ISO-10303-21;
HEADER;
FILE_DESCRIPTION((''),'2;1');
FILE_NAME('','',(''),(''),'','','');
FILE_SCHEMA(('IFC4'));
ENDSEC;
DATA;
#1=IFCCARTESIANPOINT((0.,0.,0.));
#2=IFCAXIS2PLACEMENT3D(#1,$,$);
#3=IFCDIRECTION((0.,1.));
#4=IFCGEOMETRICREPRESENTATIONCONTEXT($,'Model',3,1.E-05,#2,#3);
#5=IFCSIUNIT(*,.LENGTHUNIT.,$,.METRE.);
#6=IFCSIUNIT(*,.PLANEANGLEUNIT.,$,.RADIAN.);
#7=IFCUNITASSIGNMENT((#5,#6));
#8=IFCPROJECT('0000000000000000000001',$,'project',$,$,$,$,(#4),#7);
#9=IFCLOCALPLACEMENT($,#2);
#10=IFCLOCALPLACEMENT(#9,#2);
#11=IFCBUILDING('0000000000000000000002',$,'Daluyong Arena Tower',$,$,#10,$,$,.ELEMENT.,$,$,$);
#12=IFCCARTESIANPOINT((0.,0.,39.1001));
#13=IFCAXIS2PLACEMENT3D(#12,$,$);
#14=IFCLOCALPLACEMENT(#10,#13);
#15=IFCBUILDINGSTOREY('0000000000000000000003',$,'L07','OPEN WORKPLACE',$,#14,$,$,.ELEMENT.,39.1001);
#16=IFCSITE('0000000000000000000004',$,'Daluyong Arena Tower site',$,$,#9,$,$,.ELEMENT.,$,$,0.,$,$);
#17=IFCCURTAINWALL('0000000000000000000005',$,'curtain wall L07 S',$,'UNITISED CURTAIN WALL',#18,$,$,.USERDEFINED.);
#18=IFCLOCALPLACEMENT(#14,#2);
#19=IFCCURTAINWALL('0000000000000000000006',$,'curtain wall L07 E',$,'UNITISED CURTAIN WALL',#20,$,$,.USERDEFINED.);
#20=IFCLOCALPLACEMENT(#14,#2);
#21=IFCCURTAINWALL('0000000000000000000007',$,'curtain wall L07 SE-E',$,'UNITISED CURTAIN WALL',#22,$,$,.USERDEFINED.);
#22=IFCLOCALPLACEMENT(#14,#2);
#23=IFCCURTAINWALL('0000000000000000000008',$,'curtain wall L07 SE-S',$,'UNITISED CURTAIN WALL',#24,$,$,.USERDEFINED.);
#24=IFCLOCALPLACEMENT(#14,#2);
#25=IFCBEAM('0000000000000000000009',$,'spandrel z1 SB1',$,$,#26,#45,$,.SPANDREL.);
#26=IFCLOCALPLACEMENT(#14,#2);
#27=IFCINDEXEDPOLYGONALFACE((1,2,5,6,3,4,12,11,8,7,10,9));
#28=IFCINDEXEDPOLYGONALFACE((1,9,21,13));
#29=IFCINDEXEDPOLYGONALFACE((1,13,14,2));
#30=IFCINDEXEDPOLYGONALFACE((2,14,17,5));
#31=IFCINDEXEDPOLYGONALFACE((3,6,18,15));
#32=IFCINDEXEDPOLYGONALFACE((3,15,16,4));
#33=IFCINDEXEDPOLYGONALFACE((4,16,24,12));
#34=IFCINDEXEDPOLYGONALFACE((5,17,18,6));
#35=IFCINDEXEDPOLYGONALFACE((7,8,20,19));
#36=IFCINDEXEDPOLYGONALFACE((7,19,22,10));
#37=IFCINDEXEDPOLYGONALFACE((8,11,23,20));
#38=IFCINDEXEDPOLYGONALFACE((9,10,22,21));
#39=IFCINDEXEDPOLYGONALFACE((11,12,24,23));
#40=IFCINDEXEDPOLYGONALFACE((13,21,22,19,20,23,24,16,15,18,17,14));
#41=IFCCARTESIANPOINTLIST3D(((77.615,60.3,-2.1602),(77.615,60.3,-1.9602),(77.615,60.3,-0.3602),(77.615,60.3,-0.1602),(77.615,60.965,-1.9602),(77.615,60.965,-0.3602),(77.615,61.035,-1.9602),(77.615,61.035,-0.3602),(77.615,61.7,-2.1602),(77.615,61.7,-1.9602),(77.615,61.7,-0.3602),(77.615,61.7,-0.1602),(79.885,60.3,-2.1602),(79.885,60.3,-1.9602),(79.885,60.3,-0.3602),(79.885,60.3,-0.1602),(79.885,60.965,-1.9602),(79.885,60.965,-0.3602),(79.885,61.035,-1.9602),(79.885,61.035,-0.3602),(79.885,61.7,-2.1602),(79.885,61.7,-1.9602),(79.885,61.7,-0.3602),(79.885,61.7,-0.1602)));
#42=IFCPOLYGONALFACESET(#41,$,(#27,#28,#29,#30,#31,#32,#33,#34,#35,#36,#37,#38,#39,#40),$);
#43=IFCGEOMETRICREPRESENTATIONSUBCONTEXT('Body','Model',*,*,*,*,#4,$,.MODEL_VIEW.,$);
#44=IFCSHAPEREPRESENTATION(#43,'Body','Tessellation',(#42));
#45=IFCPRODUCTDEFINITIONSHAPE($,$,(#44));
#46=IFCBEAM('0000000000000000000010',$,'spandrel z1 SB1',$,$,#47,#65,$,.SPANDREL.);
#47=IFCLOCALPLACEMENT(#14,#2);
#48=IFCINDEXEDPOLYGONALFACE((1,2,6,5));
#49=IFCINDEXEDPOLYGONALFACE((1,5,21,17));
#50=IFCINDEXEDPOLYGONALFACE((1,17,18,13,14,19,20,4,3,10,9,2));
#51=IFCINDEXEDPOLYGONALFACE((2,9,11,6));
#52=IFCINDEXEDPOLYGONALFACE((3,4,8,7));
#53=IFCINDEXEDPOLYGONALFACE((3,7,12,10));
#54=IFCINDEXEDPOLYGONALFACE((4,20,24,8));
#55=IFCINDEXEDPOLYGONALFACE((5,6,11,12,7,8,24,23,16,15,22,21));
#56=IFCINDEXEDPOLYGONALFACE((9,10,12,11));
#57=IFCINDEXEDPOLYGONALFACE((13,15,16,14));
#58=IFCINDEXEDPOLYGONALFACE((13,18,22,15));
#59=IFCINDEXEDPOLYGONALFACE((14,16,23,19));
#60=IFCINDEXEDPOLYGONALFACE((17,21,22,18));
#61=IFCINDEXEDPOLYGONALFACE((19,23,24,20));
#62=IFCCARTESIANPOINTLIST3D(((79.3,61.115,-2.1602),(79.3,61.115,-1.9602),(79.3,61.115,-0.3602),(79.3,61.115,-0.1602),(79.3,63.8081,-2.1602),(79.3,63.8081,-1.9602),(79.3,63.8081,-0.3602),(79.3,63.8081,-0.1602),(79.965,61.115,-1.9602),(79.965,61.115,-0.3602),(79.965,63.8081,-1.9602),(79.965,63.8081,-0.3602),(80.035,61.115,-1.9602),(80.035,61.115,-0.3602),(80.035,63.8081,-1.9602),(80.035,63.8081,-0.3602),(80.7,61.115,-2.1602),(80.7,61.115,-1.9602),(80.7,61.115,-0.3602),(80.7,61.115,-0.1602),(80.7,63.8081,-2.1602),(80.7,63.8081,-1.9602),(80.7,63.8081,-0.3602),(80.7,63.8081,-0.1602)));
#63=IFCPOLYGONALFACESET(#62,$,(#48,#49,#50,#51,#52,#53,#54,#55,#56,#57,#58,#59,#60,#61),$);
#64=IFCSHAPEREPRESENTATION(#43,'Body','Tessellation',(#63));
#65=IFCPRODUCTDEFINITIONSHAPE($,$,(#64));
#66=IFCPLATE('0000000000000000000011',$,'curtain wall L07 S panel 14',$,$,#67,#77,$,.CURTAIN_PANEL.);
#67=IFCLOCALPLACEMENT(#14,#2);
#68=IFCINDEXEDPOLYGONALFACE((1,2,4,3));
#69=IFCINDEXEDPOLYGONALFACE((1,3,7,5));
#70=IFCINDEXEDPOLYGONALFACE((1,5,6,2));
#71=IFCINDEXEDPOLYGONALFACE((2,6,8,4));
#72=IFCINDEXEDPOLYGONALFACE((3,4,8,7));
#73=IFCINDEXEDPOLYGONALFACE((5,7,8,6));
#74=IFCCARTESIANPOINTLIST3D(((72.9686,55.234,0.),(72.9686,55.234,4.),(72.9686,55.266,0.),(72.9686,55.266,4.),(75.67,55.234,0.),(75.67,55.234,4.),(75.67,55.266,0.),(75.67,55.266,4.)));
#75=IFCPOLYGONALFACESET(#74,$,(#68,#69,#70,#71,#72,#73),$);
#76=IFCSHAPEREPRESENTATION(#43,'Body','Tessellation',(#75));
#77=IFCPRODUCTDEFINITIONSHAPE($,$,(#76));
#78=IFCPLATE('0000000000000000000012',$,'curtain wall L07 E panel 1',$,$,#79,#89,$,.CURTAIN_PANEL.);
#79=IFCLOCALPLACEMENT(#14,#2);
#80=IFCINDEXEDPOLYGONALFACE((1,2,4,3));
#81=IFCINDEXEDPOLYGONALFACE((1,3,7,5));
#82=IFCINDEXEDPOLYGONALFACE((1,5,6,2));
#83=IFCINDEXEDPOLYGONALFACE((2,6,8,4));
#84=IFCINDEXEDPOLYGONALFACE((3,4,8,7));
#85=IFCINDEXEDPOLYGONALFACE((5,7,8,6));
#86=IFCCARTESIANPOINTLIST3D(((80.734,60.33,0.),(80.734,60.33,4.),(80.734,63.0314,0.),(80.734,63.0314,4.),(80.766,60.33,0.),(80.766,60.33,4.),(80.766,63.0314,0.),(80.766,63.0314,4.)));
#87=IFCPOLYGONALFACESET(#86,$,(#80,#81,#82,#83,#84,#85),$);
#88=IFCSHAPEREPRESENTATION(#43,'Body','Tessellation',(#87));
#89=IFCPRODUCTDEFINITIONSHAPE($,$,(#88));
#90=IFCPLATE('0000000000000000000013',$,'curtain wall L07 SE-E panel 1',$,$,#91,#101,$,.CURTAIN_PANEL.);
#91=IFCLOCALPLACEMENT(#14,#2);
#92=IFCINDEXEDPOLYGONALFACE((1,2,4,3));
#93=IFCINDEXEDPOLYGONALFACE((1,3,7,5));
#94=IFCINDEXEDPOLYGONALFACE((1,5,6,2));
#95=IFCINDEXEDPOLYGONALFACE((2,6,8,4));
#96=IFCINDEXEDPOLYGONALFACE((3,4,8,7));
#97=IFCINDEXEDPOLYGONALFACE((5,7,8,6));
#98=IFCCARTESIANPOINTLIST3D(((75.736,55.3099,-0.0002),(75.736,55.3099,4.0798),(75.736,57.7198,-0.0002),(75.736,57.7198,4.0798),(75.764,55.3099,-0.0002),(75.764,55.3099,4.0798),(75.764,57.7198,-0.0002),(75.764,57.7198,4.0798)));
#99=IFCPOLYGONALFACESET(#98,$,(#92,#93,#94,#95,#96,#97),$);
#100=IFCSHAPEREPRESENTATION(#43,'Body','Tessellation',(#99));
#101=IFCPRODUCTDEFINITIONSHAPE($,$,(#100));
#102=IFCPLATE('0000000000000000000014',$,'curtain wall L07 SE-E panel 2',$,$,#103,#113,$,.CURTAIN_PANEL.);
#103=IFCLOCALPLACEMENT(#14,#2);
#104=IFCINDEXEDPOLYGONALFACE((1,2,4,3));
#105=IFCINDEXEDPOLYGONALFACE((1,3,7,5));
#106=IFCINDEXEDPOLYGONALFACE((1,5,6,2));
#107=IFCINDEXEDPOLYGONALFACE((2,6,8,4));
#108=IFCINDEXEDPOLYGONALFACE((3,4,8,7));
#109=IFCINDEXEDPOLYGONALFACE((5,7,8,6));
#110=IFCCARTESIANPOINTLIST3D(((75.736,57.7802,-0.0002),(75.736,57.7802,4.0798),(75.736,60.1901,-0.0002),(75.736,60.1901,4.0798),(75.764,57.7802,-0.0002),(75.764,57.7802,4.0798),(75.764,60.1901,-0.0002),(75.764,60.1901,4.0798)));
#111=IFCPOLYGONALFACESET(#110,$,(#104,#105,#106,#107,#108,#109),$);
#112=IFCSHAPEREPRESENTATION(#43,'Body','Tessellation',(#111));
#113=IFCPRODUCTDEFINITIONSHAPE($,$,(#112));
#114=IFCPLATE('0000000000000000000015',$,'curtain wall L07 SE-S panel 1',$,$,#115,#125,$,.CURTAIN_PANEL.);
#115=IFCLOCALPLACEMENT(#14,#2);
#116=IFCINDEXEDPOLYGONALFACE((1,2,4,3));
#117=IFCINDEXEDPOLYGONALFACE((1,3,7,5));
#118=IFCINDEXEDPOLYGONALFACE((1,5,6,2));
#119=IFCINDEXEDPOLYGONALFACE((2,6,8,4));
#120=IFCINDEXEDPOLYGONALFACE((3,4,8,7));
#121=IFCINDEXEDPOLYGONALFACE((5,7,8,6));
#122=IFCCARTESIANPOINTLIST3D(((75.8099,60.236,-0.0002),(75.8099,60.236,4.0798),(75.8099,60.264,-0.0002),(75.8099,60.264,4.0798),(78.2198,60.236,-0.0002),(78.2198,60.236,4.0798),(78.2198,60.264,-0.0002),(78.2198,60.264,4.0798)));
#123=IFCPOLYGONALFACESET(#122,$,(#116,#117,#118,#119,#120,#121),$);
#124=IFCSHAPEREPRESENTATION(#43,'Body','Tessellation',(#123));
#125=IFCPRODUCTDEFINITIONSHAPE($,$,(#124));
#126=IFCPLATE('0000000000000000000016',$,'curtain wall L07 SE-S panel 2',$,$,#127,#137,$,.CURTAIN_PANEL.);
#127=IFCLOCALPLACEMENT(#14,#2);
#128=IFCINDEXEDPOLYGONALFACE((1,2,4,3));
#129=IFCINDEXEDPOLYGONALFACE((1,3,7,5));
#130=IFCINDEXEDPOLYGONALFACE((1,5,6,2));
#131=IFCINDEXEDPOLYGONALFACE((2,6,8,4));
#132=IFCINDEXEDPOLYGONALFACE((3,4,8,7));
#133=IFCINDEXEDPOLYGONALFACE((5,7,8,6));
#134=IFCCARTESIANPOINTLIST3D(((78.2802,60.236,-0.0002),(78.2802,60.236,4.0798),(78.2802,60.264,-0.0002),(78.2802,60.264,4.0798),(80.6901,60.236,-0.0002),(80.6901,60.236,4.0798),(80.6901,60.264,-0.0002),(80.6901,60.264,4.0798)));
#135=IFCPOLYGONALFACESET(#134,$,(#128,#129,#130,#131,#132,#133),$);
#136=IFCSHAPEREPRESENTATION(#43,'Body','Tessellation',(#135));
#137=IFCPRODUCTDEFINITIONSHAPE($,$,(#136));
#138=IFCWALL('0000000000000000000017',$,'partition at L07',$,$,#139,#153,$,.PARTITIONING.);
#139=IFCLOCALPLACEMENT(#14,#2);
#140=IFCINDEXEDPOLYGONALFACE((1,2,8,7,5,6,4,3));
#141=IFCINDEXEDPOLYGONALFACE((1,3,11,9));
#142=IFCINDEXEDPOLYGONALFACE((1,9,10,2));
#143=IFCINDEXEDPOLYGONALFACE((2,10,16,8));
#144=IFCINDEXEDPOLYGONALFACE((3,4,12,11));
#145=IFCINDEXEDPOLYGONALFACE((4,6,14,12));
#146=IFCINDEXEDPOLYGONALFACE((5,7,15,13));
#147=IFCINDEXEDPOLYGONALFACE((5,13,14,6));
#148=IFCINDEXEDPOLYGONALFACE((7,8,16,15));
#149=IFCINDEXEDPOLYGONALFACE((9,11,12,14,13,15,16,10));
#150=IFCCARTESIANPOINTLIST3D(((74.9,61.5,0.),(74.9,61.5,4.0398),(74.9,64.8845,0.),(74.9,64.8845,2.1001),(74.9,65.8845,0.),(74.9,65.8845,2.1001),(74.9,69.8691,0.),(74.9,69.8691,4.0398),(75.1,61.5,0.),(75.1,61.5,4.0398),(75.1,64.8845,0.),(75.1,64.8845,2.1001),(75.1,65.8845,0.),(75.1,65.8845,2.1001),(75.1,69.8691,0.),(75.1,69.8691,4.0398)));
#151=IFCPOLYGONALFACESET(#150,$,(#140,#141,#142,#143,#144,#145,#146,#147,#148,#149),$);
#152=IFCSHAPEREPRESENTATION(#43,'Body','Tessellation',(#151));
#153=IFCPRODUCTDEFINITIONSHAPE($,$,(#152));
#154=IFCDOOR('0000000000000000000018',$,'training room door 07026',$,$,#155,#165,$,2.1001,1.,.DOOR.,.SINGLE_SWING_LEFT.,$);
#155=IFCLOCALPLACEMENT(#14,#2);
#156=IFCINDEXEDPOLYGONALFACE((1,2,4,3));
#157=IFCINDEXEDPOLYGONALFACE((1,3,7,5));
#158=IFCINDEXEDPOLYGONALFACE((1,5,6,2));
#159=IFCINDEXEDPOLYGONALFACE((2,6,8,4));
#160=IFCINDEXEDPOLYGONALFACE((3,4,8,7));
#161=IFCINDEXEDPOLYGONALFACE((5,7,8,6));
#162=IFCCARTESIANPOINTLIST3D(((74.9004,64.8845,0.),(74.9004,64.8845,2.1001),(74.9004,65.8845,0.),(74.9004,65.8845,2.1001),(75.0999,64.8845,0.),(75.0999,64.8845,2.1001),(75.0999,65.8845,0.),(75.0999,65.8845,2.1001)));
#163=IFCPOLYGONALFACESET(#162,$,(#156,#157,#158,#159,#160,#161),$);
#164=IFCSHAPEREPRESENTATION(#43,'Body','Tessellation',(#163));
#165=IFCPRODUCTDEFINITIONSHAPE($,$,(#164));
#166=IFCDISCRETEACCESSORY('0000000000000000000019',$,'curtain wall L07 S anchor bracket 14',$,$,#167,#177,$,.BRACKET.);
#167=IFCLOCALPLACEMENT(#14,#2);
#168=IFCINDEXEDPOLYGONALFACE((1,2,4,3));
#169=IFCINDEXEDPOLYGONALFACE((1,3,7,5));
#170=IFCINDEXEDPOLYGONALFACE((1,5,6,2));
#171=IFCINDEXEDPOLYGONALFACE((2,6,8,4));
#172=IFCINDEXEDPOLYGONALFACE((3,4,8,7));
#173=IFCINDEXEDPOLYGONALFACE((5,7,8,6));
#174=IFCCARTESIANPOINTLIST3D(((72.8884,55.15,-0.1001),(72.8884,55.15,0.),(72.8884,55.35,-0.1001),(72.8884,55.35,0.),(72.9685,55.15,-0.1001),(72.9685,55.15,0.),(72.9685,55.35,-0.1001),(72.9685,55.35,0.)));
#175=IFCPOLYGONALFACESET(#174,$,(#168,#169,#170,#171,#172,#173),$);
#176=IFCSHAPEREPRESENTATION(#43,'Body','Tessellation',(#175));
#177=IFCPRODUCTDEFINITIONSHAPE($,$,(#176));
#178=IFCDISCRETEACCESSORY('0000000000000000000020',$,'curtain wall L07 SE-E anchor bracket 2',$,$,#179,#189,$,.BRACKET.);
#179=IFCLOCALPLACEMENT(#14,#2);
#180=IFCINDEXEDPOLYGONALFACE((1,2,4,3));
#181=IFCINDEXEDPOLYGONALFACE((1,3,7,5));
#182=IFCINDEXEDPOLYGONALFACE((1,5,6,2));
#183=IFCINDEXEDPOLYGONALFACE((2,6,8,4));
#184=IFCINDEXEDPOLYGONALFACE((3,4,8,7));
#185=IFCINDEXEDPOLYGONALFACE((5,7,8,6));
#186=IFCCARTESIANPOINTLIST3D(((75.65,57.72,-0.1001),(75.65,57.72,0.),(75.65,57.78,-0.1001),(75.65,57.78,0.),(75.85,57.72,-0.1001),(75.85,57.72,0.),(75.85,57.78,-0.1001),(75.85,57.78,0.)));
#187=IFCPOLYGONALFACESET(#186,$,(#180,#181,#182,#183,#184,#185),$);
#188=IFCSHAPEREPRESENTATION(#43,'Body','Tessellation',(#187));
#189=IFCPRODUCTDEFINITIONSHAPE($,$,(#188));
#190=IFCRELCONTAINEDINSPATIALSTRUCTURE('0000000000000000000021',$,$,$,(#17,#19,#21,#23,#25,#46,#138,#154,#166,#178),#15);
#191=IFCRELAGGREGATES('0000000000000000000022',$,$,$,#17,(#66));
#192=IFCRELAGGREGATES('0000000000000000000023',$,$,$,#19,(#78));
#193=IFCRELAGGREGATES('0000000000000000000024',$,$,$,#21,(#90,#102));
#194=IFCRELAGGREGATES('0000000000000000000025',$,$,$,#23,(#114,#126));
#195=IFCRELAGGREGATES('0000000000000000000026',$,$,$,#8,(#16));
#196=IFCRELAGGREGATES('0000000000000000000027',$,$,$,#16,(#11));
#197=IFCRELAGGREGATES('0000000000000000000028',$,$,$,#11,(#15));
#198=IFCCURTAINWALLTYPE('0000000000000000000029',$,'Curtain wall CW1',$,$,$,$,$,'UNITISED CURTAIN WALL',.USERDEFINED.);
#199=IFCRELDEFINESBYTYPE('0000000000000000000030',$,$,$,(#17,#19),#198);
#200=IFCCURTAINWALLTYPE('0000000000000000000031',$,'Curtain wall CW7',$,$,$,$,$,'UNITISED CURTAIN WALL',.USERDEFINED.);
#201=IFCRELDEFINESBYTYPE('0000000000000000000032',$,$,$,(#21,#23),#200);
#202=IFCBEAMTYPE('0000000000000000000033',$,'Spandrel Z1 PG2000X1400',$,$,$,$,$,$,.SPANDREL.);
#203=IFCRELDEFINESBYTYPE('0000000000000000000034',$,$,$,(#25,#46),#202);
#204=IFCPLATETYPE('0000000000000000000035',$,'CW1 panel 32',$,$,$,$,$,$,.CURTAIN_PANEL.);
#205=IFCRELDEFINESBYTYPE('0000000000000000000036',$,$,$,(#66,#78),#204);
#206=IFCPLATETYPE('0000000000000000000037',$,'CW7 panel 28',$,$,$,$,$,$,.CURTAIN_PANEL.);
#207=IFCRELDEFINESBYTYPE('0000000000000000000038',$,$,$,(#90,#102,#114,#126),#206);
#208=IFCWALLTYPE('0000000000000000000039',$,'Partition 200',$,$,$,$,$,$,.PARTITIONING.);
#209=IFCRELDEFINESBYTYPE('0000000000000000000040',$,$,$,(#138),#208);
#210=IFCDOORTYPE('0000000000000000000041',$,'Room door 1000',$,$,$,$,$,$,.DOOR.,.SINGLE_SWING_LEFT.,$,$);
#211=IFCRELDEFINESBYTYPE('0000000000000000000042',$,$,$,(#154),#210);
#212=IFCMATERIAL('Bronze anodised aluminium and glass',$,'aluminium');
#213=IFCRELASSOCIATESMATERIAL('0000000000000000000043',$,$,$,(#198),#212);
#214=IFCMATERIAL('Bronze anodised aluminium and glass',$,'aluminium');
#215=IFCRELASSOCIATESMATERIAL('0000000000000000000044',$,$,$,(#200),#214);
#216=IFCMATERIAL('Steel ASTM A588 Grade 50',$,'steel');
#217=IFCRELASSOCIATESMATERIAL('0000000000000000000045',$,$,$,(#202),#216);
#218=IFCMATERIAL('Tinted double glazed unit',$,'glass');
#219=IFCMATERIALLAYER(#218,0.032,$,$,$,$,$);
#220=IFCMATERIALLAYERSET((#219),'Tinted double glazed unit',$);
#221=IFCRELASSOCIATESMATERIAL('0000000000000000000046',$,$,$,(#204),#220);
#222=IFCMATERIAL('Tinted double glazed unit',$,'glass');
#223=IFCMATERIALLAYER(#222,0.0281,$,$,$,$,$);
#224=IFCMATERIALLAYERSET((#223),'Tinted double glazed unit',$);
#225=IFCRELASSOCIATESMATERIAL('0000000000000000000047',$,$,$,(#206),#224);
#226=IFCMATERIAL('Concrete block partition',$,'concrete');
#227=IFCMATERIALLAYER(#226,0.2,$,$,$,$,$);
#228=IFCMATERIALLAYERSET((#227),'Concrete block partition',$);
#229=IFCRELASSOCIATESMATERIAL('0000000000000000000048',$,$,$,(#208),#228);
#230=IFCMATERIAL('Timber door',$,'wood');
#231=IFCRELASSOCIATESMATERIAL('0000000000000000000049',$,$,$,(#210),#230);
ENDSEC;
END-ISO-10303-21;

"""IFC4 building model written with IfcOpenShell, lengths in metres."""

from ifc_helpers import new_model, si_unit, direction, frame, frame_2d, origin, origin_2d, place, context, subcontext, project, spatial, rectangle, i_section, extrude, material, layer, layer_set, material_profile, profile_set, type_object, element, fill, aggregate, save


model = new_model("IFC4")

# Units and contexts
model_context = context("Model", 3, precision=1e-05, world=origin(), true_north=direction((0.0, 1.0)))
body_context = subcontext(model_context, "Body", "Model", "MODEL_VIEW")
ifc_project = project(units=[si_unit("LENGTHUNIT", "METRE"), si_unit("PLANEANGLEUNIT", "RADIAN")], contexts=[model_context])

# Site, building, storey
site_placement = place(None, origin())
site = spatial("IfcSite", under=ifc_project, at=site_placement, Name="Daluyong Arena Tower site", CompositionType="ELEMENT", RefElevation=0.0)
building_placement = place(site_placement, origin())
building = spatial("IfcBuilding", under=site, at=building_placement, Name="Daluyong Arena Tower", CompositionType="ELEMENT")
storey_placement = place(building_placement, frame((0.0, 0.0, 39.1001)))
storey = spatial("IfcBuildingStorey", under=building, at=storey_placement, Name="L07", Description="OPEN WORKPLACE", CompositionType="ELEMENT", Elevation=39.1001)

# Curtain wall
ifc_material_1 = material(Name="Bronze anodised aluminium and glass", Category="aluminium")
curtain_wall_type_1 = type_object("IfcCurtainWallType", Name="Curtain wall CW1", ElementType="UNITISED CURTAIN WALL", PredefinedType="USERDEFINED", material=ifc_material_1)
curtain_wall_1_placement = place(storey_placement, origin())
curtain_wall_1 = element("IfcCurtainWall", 1, at=curtain_wall_1_placement, inside=storey, type_object=curtain_wall_type_1, Name="curtain wall L07 S", ObjectType="UNITISED CURTAIN WALL", PredefinedType="USERDEFINED")

# Curtain wall
curtain_wall_2_placement = place(storey_placement, origin())
curtain_wall_2 = element("IfcCurtainWall", 2, at=curtain_wall_2_placement, inside=storey, type_object=curtain_wall_type_1, Name="curtain wall L07 E", ObjectType="UNITISED CURTAIN WALL", PredefinedType="USERDEFINED")

# Curtain walls
ifc_material_2 = material(Name="Bronze anodised aluminium and glass", Category="aluminium")
curtain_wall_type_2 = type_object("IfcCurtainWallType", Name="Curtain wall CW7", ElementType="UNITISED CURTAIN WALL", PredefinedType="USERDEFINED", material=ifc_material_2)
curtain_wall_3_placement = place(storey_placement, origin())
curtain_wall_3 = element("IfcCurtainWall", 3, at=curtain_wall_3_placement, inside=storey, type_object=curtain_wall_type_2, Name="curtain wall L07 SE-E", ObjectType="UNITISED CURTAIN WALL", PredefinedType="USERDEFINED")
curtain_wall_4_placement = place(storey_placement, origin())
curtain_wall_4 = element("IfcCurtainWall", 4, at=curtain_wall_4_placement, inside=storey, type_object=curtain_wall_type_2, Name="curtain wall L07 SE-S", ObjectType="UNITISED CURTAIN WALL", PredefinedType="USERDEFINED")

# Beams
ifc_material_3 = material(Name="Steel ASTM A588 Grade 50", Category="steel")
ifc_material_profile_1 = material_profile(ifc_material_3, i_section(OverallWidth=1.3999, OverallDepth=2.0, WebThickness=0.07, FlangeThickness=0.2, at=origin_2d()))
ifc_profile_set_1 = profile_set([ifc_material_profile_1], Name="Steel ASTM A588 Grade 50")
beam_type_1 = type_object("IfcBeamType", Name="Spandrel Z1 PG2000X1400", PredefinedType="SPANDREL", material=ifc_profile_set_1)
for number, where, z_axis, x_axis, name in (
    (5, (77.615, 61.0, -1.1602), (1.0, 0.0, 0.0), (0.0, 1.0, 0.0), "spandrel z1 SB1"),
):
    element("IfcBeam", number, at=place(storey_placement, frame(where, z_axis=z_axis, x_axis=x_axis)), inside=storey, type_object=beam_type_1, Name=name, PredefinedType="SPANDREL", context=body_context, shape_type="SweptSolid", body=[
        extrude(i_section(OverallWidth=1.3999, OverallDepth=2.0, WebThickness=0.07, FlangeThickness=0.2, at=origin_2d()), origin(), (0.0, 0.0, 1.0), 2.27),
    ])
beam_1_placement = place(storey_placement, frame((80.0, 61.115, -1.1602), z_axis=(0.0, 1.0, 0.0), x_axis=(-1.0, 0.0, 0.0)))
element("IfcBeam", 6, at=beam_1_placement, inside=storey, type_object=beam_type_1, Name="spandrel z1 SB1", PredefinedType="SPANDREL", context=body_context, shape_type="SweptSolid", body=[
    extrude(i_section(OverallWidth=1.3999, OverallDepth=2.0, WebThickness=0.07, FlangeThickness=0.2, at=origin_2d()), origin(), (0.0, 0.0, 1.0), 2.6931),
])

# Plates
ifc_material_4 = material(Name="Tinted double glazed unit", Category="glass")
ifc_layer_1 = layer(ifc_material_4, 0.032)
ifc_layer_set_1 = layer_set([ifc_layer_1], Name="Tinted double glazed unit")
plate_type_1 = type_object("IfcPlateType", Name="CW1 panel 32", PredefinedType="CURTAIN_PANEL", material=ifc_layer_set_1)
plate_1_placement = place(storey_placement, frame((74.3193, 55.25, 0.0), z_axis=(0.0, 0.0, 1.0), x_axis=(1.0, 0.0, 0.0)))
plate_1 = element("IfcPlate", 7, at=plate_1_placement, type_object=plate_type_1, Name="curtain wall L07 S panel 14", PredefinedType="CURTAIN_PANEL", context=body_context, shape_type="SweptSolid", body=[
    extrude(rectangle(XDim=2.7014, YDim=0.032, at=origin_2d()), origin(), (0.0, 0.0, 1.0), 4.0),
])
aggregate(curtain_wall_1, [plate_1])
plate_2_placement = place(storey_placement, frame((80.75, 61.6807, 0.0), z_axis=(0.0, 0.0, 1.0), x_axis=(0.0, 1.0, 0.0)))
plate_2 = element("IfcPlate", 8, at=plate_2_placement, type_object=plate_type_1, Name="curtain wall L07 E panel 1", PredefinedType="CURTAIN_PANEL", context=body_context, shape_type="SweptSolid", body=[
    extrude(rectangle(XDim=2.7014, YDim=0.032, at=origin_2d()), origin(), (0.0, 0.0, 1.0), 4.0),
])
aggregate(curtain_wall_2, [plate_2])
ifc_material_5 = material(Name="Tinted double glazed unit", Category="glass")
ifc_layer_2 = layer(ifc_material_5, 0.0281)
ifc_layer_set_2 = layer_set([ifc_layer_2], Name="Tinted double glazed unit")
plate_type_2 = type_object("IfcPlateType", Name="CW7 panel 28", PredefinedType="CURTAIN_PANEL", material=ifc_layer_set_2)
plate_3_placement = place(storey_placement, frame((75.75, 56.5149, -0.0002), z_axis=(0.0, 0.0, 1.0), x_axis=(0.0, 1.0, 0.0)))
plate_3 = element("IfcPlate", 9, at=plate_3_placement, type_object=plate_type_2, Name="curtain wall L07 SE-E panel 1", PredefinedType="CURTAIN_PANEL", context=body_context, shape_type="SweptSolid", body=[
    extrude(rectangle(XDim=2.4099, YDim=0.0281, at=origin_2d()), origin(), (0.0, 0.0, 1.0), 4.0801),
])
plate_4_placement = place(storey_placement, frame((75.75, 58.9851, -0.0002), z_axis=(0.0, 0.0, 1.0), x_axis=(0.0, 1.0, 0.0)))
plate_4 = element("IfcPlate", 10, at=plate_4_placement, type_object=plate_type_2, Name="curtain wall L07 SE-E panel 2", PredefinedType="CURTAIN_PANEL", context=body_context, shape_type="SweptSolid", body=[
    extrude(rectangle(XDim=2.4099, YDim=0.0281, at=origin_2d()), origin(), (0.0, 0.0, 1.0), 4.0801),
])
aggregate(curtain_wall_3, [plate_3, plate_4])
plate_5_placement = place(storey_placement, frame((77.0149, 60.25, -0.0002), z_axis=(0.0, 0.0, 1.0), x_axis=(1.0, 0.0, 0.0)))
plate_5 = element("IfcPlate", 11, at=plate_5_placement, type_object=plate_type_2, Name="curtain wall L07 SE-S panel 1", PredefinedType="CURTAIN_PANEL", context=body_context, shape_type="SweptSolid", body=[
    extrude(rectangle(XDim=2.4099, YDim=0.0281, at=origin_2d()), origin(), (0.0, 0.0, 1.0), 4.0801),
])
plate_6_placement = place(storey_placement, frame((79.4851, 60.25, -0.0002), z_axis=(0.0, 0.0, 1.0), x_axis=(1.0, 0.0, 0.0)))
plate_6 = element("IfcPlate", 12, at=plate_6_placement, type_object=plate_type_2, Name="curtain wall L07 SE-S panel 2", PredefinedType="CURTAIN_PANEL", context=body_context, shape_type="SweptSolid", body=[
    extrude(rectangle(XDim=2.4099, YDim=0.0281, at=origin_2d()), origin(), (0.0, 0.0, 1.0), 4.0801),
])
aggregate(curtain_wall_4, [plate_5, plate_6])

# Wall, opening, door
ifc_material_6 = material(Name="Concrete block partition", Category="concrete")
ifc_layer_3 = layer(ifc_material_6, 0.2)
ifc_layer_set_3 = layer_set([ifc_layer_3], Name="Concrete block partition")
wall_type = type_object("IfcWallType", Name="Partition 200", PredefinedType="PARTITIONING", material=ifc_layer_set_3)
wall_placement = place(storey_placement, frame((75.0, 61.5, 0.0), z_axis=(0.0, 0.0, 1.0), x_axis=(0.0, 1.0, 0.0)))
wall = element("IfcWall", 13, at=wall_placement, inside=storey, type_object=wall_type, Name="partition at L07", PredefinedType="PARTITIONING", context=body_context, shape_type="SweptSolid", body=[
    extrude(rectangle(XDim=8.3691, YDim=0.2, at=frame_2d((4.1846, 0.0))), origin(), (0.0, 0.0, 1.0), 4.0398),
])
opening_placement = place(wall_placement, frame((3.3845, 0.0, 0.0)))
opening = element("IfcOpeningElement", 14, at=opening_placement, cuts=wall, PredefinedType="OPENING", context=body_context, shape_type="SweptSolid", body=[
    extrude(rectangle(XDim=1.0, YDim=2.1001, at=frame_2d((0.5, 1.05))), frame((0.0, 0.1099, 0.0), z_axis=(0.0, -1.0, 0.0), x_axis=(1.0, 0.0, 0.0)), (0.0, 0.0, 1.0), 0.22),
])
ifc_material_7 = material(Name="Timber door", Category="wood")
door_type = type_object("IfcDoorType", Name="Room door 1000", OperationType="SINGLE_SWING_LEFT", PredefinedType="DOOR", material=ifc_material_7)
door_placement = place(opening_placement, origin())
door = element("IfcDoor", 15, at=door_placement, inside=storey, type_object=door_type, Name="training room door 07026", OperationType="SINGLE_SWING_LEFT", OverallHeight=2.1001, OverallWidth=1.0, PredefinedType="DOOR", context=body_context, shape_type="SweptSolid", body=[
    extrude(rectangle(XDim=1.0, YDim=2.1001, at=frame_2d((0.5, 1.05))), frame((0.0, 0.0996, 0.0), z_axis=(0.0, -1.0, 0.0), x_axis=(1.0, 0.0, 0.0)), (0.0, 0.0, 1.0), 0.1995),
])
fill(opening, door)

# Discrete accessories
discrete_accessory_1_placement = place(storey_placement, frame((72.9285, 55.25, -0.1001), z_axis=(0.0, 0.0, 1.0), x_axis=(1.0, 0.0, 0.0)))
element("IfcDiscreteAccessory", 16, at=discrete_accessory_1_placement, inside=storey, Name="curtain wall L07 S anchor bracket 14", PredefinedType="BRACKET", context=body_context, shape_type="SweptSolid", body=[
    extrude(rectangle(XDim=0.0801, YDim=0.2, at=origin_2d()), origin(), (0.0, 0.0, 1.0), 0.1001),
])
for number, where, z_axis, x_axis, name in (
    (17, (75.75, 57.75, -0.1001), (0.0, 0.0, 1.0), (0.0, 1.0, 0.0), "curtain wall L07 SE-E anchor bracket 2"),
):
    element("IfcDiscreteAccessory", number, at=place(storey_placement, frame(where, z_axis=z_axis, x_axis=x_axis)), inside=storey, Name=name, PredefinedType="BRACKET", context=body_context, shape_type="SweptSolid", body=[
        extrude(rectangle(XDim=0.0601, YDim=0.2, at=origin_2d()), origin(), (0.0, 0.0, 1.0), 0.1001),
    ])

save(model, "model.ifc")
